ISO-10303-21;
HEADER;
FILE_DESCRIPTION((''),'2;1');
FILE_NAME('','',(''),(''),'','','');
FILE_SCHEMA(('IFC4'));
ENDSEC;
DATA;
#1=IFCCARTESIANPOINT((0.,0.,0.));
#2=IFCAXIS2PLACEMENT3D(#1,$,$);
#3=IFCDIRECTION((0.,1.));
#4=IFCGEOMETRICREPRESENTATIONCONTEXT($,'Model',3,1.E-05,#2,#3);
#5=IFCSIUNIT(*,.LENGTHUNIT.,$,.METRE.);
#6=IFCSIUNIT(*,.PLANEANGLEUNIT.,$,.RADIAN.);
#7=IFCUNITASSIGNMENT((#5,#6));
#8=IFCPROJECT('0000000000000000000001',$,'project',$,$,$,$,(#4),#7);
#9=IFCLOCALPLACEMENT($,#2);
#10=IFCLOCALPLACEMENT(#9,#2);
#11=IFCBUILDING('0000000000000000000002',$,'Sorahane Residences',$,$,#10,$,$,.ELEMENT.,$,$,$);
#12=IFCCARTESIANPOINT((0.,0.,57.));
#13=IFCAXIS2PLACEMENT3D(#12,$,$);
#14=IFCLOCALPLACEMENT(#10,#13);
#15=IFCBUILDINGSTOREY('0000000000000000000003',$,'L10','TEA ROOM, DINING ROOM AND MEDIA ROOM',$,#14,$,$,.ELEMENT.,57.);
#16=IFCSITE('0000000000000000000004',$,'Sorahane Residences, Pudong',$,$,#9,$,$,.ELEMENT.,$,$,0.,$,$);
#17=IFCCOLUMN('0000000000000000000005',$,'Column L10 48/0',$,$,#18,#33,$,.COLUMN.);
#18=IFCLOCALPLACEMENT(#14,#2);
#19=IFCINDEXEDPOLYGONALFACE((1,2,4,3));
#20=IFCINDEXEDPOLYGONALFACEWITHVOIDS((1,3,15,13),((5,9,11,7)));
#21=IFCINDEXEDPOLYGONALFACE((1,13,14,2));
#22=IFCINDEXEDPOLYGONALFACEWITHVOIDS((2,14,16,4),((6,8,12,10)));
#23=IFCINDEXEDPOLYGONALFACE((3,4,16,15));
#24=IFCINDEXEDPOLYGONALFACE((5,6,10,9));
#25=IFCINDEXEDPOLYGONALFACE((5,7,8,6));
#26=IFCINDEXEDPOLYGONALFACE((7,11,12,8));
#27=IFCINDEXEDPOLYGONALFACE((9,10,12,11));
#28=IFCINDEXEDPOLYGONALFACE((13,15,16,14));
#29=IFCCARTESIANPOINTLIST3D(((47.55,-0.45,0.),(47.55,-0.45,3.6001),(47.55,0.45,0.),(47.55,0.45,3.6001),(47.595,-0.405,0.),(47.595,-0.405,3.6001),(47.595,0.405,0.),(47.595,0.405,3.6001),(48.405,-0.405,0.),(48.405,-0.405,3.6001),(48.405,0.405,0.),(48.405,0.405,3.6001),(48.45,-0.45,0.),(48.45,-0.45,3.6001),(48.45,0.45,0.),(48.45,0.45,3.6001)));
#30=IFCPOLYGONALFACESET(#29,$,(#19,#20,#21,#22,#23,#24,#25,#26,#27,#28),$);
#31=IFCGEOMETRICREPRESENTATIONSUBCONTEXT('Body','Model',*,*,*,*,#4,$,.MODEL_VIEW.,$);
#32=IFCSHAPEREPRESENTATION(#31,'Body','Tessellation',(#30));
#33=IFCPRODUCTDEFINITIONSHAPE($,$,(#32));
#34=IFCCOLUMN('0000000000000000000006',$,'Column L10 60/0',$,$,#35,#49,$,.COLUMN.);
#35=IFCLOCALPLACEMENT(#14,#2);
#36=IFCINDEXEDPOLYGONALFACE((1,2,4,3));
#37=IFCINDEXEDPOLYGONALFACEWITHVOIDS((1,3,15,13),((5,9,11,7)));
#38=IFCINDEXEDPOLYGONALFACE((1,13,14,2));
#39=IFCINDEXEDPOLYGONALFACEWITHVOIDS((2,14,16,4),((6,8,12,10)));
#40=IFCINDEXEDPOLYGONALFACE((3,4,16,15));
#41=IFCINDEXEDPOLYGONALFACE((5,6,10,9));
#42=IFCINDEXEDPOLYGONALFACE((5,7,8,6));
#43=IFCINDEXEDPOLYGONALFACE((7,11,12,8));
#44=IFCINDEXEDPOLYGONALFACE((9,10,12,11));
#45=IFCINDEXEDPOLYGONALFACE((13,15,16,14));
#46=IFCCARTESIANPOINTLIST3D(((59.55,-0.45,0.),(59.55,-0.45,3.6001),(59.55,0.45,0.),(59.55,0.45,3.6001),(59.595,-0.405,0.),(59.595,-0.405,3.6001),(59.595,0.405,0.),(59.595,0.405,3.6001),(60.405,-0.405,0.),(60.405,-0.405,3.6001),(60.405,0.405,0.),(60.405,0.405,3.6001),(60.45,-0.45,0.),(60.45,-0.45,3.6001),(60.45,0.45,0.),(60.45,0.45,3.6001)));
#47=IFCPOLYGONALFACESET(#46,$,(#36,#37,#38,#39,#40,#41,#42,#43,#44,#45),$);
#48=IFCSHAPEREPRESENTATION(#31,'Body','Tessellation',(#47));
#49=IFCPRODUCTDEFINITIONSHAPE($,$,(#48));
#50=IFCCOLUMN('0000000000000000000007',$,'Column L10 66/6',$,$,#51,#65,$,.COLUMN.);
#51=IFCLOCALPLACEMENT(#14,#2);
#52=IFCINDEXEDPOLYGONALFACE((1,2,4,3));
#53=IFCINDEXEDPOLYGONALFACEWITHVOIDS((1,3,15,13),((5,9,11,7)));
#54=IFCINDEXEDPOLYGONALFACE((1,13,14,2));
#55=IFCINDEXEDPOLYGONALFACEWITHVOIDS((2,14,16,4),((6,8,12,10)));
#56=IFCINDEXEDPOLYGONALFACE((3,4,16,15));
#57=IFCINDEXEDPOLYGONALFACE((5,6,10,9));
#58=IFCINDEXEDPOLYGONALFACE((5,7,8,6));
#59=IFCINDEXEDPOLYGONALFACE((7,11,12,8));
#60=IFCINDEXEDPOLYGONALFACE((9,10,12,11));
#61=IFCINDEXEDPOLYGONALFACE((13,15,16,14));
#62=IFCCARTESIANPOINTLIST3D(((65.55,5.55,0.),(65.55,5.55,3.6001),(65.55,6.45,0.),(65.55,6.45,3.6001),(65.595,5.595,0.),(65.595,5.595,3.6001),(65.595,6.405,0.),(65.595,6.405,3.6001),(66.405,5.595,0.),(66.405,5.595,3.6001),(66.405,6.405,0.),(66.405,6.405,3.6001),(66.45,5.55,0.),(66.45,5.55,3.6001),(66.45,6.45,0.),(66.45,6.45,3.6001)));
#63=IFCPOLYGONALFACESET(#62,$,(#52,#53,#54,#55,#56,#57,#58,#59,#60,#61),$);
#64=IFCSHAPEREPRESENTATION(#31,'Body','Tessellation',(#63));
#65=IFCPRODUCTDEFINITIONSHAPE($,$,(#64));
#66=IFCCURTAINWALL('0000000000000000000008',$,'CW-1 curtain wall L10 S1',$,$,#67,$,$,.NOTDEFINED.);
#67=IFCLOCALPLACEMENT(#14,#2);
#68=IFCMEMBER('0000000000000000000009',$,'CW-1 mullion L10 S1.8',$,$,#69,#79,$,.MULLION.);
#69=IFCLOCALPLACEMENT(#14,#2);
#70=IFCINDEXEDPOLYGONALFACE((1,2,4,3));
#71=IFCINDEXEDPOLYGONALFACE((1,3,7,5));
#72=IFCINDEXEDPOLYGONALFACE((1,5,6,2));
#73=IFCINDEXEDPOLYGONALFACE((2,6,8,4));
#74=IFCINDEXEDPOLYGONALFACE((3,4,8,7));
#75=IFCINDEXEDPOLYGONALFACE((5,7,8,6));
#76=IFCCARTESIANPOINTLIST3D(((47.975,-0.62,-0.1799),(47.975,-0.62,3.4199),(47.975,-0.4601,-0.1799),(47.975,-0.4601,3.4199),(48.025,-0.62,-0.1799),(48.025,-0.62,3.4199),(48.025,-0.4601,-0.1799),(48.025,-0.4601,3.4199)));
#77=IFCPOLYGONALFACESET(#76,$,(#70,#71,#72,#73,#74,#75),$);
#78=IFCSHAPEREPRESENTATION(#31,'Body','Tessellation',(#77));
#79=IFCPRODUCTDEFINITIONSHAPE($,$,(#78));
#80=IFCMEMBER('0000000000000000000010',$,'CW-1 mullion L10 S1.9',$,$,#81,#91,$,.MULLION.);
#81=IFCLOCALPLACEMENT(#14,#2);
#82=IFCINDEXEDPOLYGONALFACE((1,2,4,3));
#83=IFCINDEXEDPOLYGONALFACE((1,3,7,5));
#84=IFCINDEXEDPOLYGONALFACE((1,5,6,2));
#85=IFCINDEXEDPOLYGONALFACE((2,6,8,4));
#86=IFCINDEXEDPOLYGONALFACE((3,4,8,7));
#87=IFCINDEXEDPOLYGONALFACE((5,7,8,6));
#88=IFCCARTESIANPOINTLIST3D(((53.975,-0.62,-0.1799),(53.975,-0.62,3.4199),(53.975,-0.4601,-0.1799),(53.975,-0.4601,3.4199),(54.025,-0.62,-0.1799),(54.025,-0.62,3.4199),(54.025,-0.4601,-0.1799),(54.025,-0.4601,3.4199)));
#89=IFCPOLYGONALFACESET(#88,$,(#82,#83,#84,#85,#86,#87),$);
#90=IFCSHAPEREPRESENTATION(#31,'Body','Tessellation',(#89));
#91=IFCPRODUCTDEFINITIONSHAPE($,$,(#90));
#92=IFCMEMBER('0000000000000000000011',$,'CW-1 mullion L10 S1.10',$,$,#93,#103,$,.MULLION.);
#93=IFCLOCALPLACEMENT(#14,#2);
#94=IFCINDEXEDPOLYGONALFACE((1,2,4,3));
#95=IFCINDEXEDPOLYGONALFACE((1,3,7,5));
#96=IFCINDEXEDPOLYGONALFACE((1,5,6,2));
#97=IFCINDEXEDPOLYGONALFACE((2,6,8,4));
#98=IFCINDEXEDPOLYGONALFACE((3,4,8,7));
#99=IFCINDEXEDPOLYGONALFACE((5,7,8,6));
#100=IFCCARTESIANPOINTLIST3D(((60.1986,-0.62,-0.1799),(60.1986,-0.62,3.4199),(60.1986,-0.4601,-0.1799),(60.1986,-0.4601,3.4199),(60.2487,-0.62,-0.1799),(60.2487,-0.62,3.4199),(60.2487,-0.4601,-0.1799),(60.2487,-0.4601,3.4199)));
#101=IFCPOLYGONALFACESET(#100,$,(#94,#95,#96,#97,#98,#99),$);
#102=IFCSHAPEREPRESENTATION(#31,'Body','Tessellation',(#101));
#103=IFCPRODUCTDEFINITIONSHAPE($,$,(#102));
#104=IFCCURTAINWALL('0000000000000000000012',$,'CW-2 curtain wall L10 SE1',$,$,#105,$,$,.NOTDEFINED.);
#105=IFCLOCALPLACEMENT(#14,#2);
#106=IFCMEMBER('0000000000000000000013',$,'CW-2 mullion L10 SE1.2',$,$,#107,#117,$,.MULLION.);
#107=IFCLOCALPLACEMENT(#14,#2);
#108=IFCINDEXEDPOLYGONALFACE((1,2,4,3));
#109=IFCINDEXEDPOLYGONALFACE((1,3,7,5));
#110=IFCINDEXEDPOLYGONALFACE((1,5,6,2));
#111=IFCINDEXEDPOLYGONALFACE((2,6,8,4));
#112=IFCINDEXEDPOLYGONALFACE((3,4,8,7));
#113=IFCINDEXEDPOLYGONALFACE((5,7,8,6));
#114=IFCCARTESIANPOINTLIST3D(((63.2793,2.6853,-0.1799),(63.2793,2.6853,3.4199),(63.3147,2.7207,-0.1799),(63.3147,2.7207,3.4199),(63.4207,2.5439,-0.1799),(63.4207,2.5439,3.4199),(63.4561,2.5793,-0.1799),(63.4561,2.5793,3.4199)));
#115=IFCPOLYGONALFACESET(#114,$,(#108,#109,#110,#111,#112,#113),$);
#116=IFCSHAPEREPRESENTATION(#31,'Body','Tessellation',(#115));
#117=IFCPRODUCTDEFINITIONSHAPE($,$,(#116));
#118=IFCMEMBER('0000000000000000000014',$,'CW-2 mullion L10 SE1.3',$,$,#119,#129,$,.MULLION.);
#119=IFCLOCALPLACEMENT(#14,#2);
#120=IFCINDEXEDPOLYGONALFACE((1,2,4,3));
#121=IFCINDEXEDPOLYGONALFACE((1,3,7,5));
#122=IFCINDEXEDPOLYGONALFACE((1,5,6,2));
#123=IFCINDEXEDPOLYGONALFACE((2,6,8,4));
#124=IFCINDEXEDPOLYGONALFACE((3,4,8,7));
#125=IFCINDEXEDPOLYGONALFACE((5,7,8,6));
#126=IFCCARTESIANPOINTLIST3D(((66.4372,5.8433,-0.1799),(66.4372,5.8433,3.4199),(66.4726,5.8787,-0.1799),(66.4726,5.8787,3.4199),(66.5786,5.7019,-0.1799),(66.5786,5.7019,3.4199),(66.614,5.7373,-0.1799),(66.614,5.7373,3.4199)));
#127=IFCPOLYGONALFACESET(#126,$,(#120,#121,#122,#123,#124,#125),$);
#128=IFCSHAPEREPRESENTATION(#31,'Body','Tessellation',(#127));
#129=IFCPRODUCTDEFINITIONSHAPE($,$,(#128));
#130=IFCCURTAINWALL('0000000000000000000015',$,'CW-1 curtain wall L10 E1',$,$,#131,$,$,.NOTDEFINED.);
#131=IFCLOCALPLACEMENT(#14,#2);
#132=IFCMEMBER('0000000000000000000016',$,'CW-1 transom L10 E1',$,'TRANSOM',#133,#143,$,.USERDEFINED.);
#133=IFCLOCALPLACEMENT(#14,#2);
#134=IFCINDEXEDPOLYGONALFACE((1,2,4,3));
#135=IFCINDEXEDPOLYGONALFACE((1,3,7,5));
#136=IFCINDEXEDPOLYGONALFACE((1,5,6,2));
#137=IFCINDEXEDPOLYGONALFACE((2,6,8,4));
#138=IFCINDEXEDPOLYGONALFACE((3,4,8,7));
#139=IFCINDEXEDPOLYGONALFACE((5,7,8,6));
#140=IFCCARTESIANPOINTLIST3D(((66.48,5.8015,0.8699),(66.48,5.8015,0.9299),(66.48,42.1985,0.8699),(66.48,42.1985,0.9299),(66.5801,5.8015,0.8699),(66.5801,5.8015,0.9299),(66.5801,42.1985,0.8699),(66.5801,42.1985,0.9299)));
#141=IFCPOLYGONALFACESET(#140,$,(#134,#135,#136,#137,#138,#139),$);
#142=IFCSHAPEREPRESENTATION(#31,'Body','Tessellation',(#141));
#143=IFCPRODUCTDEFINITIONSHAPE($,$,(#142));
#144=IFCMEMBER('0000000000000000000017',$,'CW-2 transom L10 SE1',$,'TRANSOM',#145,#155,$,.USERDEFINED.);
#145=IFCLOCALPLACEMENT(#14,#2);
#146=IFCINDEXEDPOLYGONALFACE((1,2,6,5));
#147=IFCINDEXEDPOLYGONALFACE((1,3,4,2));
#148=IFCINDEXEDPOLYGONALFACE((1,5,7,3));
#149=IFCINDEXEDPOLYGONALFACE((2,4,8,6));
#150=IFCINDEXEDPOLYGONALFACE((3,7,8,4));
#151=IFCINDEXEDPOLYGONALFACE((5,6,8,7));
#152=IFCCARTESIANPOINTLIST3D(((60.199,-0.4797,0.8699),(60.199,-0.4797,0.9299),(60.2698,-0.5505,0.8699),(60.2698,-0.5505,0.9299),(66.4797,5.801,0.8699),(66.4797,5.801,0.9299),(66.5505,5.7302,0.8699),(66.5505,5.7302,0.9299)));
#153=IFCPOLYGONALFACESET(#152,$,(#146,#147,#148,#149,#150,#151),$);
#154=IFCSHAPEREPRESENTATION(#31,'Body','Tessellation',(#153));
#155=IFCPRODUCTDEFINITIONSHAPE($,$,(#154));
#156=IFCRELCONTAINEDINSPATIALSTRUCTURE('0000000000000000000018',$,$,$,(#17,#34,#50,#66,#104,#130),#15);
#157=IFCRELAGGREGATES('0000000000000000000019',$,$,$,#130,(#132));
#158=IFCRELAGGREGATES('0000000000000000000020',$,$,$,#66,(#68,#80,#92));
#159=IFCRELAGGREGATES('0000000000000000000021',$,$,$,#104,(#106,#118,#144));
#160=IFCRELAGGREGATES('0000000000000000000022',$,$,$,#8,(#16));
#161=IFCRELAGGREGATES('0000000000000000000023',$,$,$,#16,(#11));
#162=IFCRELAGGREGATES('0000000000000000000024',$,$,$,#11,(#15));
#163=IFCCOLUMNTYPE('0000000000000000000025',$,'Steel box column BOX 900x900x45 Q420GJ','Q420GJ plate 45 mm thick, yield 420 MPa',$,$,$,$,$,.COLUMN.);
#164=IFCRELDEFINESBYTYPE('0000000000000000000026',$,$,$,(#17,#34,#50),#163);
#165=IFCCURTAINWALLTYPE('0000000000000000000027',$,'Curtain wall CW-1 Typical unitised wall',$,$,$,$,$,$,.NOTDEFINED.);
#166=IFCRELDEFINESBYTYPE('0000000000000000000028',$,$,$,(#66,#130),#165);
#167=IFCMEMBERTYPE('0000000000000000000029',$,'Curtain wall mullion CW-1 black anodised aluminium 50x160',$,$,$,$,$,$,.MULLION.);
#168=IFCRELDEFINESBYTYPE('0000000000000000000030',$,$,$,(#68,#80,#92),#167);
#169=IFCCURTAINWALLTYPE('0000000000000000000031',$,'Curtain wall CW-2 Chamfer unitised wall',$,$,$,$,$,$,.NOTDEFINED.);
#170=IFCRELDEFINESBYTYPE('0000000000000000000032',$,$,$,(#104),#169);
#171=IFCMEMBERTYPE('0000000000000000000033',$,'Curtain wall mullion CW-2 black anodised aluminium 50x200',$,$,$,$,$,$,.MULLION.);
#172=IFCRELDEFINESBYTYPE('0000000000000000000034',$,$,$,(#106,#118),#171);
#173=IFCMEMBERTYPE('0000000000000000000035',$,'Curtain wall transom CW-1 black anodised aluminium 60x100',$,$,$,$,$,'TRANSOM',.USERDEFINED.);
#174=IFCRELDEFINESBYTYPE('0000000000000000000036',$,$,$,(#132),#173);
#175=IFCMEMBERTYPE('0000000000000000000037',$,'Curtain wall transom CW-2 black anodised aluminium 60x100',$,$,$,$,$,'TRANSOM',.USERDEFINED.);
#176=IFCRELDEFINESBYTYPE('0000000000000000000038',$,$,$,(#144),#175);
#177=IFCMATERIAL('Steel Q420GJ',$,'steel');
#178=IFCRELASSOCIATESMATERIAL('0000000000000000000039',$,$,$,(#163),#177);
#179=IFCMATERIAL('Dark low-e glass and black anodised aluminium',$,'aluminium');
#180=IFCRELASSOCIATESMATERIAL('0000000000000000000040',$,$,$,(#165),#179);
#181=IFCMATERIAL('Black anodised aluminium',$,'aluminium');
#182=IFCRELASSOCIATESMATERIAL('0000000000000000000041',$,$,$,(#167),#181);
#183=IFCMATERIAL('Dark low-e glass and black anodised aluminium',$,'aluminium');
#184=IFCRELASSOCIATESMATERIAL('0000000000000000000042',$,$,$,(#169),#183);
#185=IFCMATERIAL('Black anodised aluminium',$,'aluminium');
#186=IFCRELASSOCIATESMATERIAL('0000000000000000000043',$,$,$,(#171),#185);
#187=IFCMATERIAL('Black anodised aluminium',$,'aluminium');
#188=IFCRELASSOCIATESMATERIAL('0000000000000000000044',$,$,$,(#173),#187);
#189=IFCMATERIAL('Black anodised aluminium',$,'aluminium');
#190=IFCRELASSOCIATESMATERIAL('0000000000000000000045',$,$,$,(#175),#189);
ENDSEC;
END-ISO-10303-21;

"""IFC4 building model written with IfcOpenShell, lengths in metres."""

from ifc_helpers import new_model, si_unit, direction, frame, origin, origin_2d, place, context, subcontext, project, spatial, rectangle, hollow_rectangle, extrude, material, material_profile, profile_set, type_object, element, aggregate, save


model = new_model("IFC4")

# Units and contexts
model_context = context("Model", 3, precision=1e-05, world=origin(), true_north=direction((0.0, 1.0)))
body_context = subcontext(model_context, "Body", "Model", "MODEL_VIEW")
ifc_project = project(units=[si_unit("LENGTHUNIT", "METRE"), si_unit("PLANEANGLEUNIT", "RADIAN")], contexts=[model_context])

# Site, building, storey
site_placement = place(None, origin())
site = spatial("IfcSite", under=ifc_project, at=site_placement, Name="Sorahane Residences, Pudong", CompositionType="ELEMENT", RefElevation=0.0)
building_placement = place(site_placement, origin())
building = spatial("IfcBuilding", under=site, at=building_placement, Name="Sorahane Residences", CompositionType="ELEMENT")
storey_placement = place(building_placement, frame((0.0, 0.0, 57.0)))
storey = spatial("IfcBuildingStorey", under=building, at=storey_placement, Name="L10", Description="TEA ROOM, DINING ROOM AND MEDIA ROOM", CompositionType="ELEMENT", Elevation=57.0)

# Columns
ifc_material_1 = material(Name="Steel Q420GJ", Category="steel")
ifc_material_profile_1 = material_profile(ifc_material_1, hollow_rectangle(XDim=0.8999, YDim=0.8999, WallThickness=0.0449, at=origin_2d()), Name="BOX 900x900x45")
ifc_profile_set_1 = profile_set([ifc_material_profile_1], Name="Steel Q420GJ")
column_type = type_object("IfcColumnType", Name="Steel box column BOX 900x900x45 Q420GJ", Description="Q420GJ plate 45 mm thick, yield 420 MPa", PredefinedType="COLUMN", material=ifc_profile_set_1)
for number, where, z_axis, x_axis, name in (
    (1, (48.0, 0.0, 0.0), (0.0, 0.0, 1.0), (1.0, 0.0, 0.0), "Column L10 48/0"),
    (2, (60.0, 0.0, 0.0), (0.0, 0.0, 1.0), (1.0, 0.0, 0.0), "Column L10 60/0"),
    (3, (66.0, 6.0, 0.0), (0.0, 0.0, 1.0), (1.0, 0.0, 0.0), "Column L10 66/6"),
):
    element("IfcColumn", number, at=place(storey_placement, frame(where, z_axis=z_axis, x_axis=x_axis)), inside=storey, type_object=column_type, Name=name, PredefinedType="COLUMN", context=body_context, shape_type="SweptSolid", body=[
        extrude(hollow_rectangle(XDim=0.8999, YDim=0.8999, WallThickness=0.0449, at=origin_2d()), origin(), (0.0, 0.0, 1.0), 3.6001),
    ])

# Curtain walls, members
ifc_material_2 = material(Name="Dark low-e glass and black anodised aluminium", Category="aluminium")
curtain_wall_type_1 = type_object("IfcCurtainWallType", Name="Curtain wall CW-1 Typical unitised wall", PredefinedType="NOTDEFINED", material=ifc_material_2)
curtain_wall_1_placement = place(storey_placement, origin())
curtain_wall_1 = element("IfcCurtainWall", 4, at=curtain_wall_1_placement, inside=storey, type_object=curtain_wall_type_1, Name="CW-1 curtain wall L10 S1", PredefinedType="NOTDEFINED")
ifc_material_3 = material(Name="Black anodised aluminium", Category="aluminium")
ifc_material_profile_2 = material_profile(ifc_material_3, rectangle(XDim=0.1599, YDim=0.05, at=origin_2d()), Name="Curtain wall mullion CW-1 black anodised aluminium 50x160")
ifc_profile_set_2 = profile_set([ifc_material_profile_2], Name="Black anodised aluminium")
member_type_1 = type_object("IfcMemberType", Name="Curtain wall mullion CW-1 black anodised aluminium 50x160", PredefinedType="MULLION", material=ifc_profile_set_2)
member_1_placement = place(storey_placement, frame((48.0, -0.54, -0.1799), z_axis=(0.0, 0.0, 1.0), x_axis=(0.0, -1.0, 0.0)))
member_1 = element("IfcMember", 5, at=member_1_placement, type_object=member_type_1, Name="CW-1 mullion L10 S1.8", PredefinedType="MULLION", context=body_context, shape_type="SweptSolid", body=[
    extrude(rectangle(XDim=0.1599, YDim=0.05, at=origin_2d()), origin(), (0.0, 0.0, 1.0), 3.5999),
])
member_2_placement = place(storey_placement, frame((54.0, -0.54, -0.1799), z_axis=(0.0, 0.0, 1.0), x_axis=(0.0, -1.0, 0.0)))
member_2 = element("IfcMember", 6, at=member_2_placement, type_object=member_type_1, Name="CW-1 mullion L10 S1.9", PredefinedType="MULLION", context=body_context, shape_type="SweptSolid", body=[
    extrude(rectangle(XDim=0.1599, YDim=0.05, at=origin_2d()), origin(), (0.0, 0.0, 1.0), 3.5999),
])
member_3_placement = place(storey_placement, frame((60.2236, -0.54, -0.1799), z_axis=(0.0, 0.0, 1.0), x_axis=(0.0, -1.0, 0.0)))
member_3 = element("IfcMember", 7, at=member_3_placement, type_object=member_type_1, Name="CW-1 mullion L10 S1.10", PredefinedType="MULLION", context=body_context, shape_type="SweptSolid", body=[
    extrude(rectangle(XDim=0.1599, YDim=0.05, at=origin_2d()), origin(), (0.0, 0.0, 1.0), 3.5999),
])
ifc_material_4 = material(Name="Dark low-e glass and black anodised aluminium", Category="aluminium")
curtain_wall_type_2 = type_object("IfcCurtainWallType", Name="Curtain wall CW-2 Chamfer unitised wall", PredefinedType="NOTDEFINED", material=ifc_material_4)
curtain_wall_2_placement = place(storey_placement, origin())
curtain_wall_2 = element("IfcCurtainWall", 8, at=curtain_wall_2_placement, inside=storey, type_object=curtain_wall_type_2, Name="CW-2 curtain wall L10 SE1", PredefinedType="NOTDEFINED")
ifc_material_5 = material(Name="Black anodised aluminium", Category="aluminium")
ifc_material_profile_3 = material_profile(ifc_material_5, rectangle(XDim=0.2, YDim=0.05, at=origin_2d()), Name="Curtain wall mullion CW-2 black anodised aluminium 50x200")
ifc_profile_set_3 = profile_set([ifc_material_profile_3], Name="Black anodised aluminium")
member_type_2 = type_object("IfcMemberType", Name="Curtain wall mullion CW-2 black anodised aluminium 50x200", PredefinedType="MULLION", material=ifc_profile_set_3)
member_4_placement = place(storey_placement, frame((63.3677, 2.6323, -0.1799), z_axis=(0.0, 0.0, 1.0), x_axis=(0.707107, -0.707107, 0.0)))
member_4 = element("IfcMember", 9, at=member_4_placement, type_object=member_type_2, Name="CW-2 mullion L10 SE1.2", PredefinedType="MULLION", context=body_context, shape_type="SweptSolid", body=[
    extrude(rectangle(XDim=0.2, YDim=0.05, at=origin_2d()), origin(), (0.0, 0.0, 1.0), 3.5999),
])
member_5_placement = place(storey_placement, frame((66.5256, 5.7903, -0.1799), z_axis=(0.0, 0.0, 1.0), x_axis=(0.707107, -0.707107, 0.0)))
member_5 = element("IfcMember", 10, at=member_5_placement, type_object=member_type_2, Name="CW-2 mullion L10 SE1.3", PredefinedType="MULLION", context=body_context, shape_type="SweptSolid", body=[
    extrude(rectangle(XDim=0.2, YDim=0.05, at=origin_2d()), origin(), (0.0, 0.0, 1.0), 3.5999),
])

# Curtain wall, member
curtain_wall_3_placement = place(storey_placement, origin())
curtain_wall_3 = element("IfcCurtainWall", 11, at=curtain_wall_3_placement, inside=storey, type_object=curtain_wall_type_1, Name="CW-1 curtain wall L10 E1", PredefinedType="NOTDEFINED")
ifc_material_6 = material(Name="Black anodised aluminium", Category="aluminium")
ifc_material_profile_4 = material_profile(ifc_material_6, rectangle(XDim=0.1001, YDim=0.0601, at=origin_2d()), Name="Curtain wall transom CW-1 black anodised aluminium 60x100")
ifc_profile_set_4 = profile_set([ifc_material_profile_4], Name="Black anodised aluminium")
member_type_3 = type_object("IfcMemberType", Name="Curtain wall transom CW-1 black anodised aluminium 60x100", ElementType="TRANSOM", PredefinedType="USERDEFINED", material=ifc_profile_set_4)
member_6_placement = place(storey_placement, frame((66.53, 5.8015, 0.8999), z_axis=(0.0, 1.0, 0.0), x_axis=(-1.0, 0.0, 0.0)))
member_6 = element("IfcMember", 12, at=member_6_placement, type_object=member_type_3, Name="CW-1 transom L10 E1", ObjectType="TRANSOM", PredefinedType="USERDEFINED", context=body_context, shape_type="SweptSolid", body=[
    extrude(rectangle(XDim=0.1001, YDim=0.0601, at=origin_2d()), origin(), (0.0, 0.0, 1.0), 36.397),
])
aggregate(curtain_wall_3, [member_6])

# Member
ifc_material_7 = material(Name="Black anodised aluminium", Category="aluminium")
ifc_material_profile_5 = material_profile(ifc_material_7, rectangle(XDim=0.1001, YDim=0.0601, at=origin_2d()), Name="Curtain wall transom CW-2 black anodised aluminium 60x100")
ifc_profile_set_5 = profile_set([ifc_material_profile_5], Name="Black anodised aluminium")
member_type_4 = type_object("IfcMemberType", Name="Curtain wall transom CW-2 black anodised aluminium 60x100", ElementType="TRANSOM", PredefinedType="USERDEFINED", material=ifc_profile_set_5)
member_7_placement = place(storey_placement, frame((60.2344, -0.5151, 0.8999), z_axis=(0.707107, 0.707107, 0.0), x_axis=(-0.707107, 0.707107, 0.0)))
member_7 = element("IfcMember", 13, at=member_7_placement, type_object=member_type_4, Name="CW-2 transom L10 SE1", ObjectType="TRANSOM", PredefinedType="USERDEFINED", context=body_context, shape_type="SweptSolid", body=[
    extrude(rectangle(XDim=0.1001, YDim=0.0601, at=origin_2d()), origin(), (0.0, 0.0, 1.0), 8.8823),
])

aggregate(curtain_wall_1, [member_1, member_2, member_3])
aggregate(curtain_wall_2, [member_4, member_5, member_7])

save(model, "model.ifc")
